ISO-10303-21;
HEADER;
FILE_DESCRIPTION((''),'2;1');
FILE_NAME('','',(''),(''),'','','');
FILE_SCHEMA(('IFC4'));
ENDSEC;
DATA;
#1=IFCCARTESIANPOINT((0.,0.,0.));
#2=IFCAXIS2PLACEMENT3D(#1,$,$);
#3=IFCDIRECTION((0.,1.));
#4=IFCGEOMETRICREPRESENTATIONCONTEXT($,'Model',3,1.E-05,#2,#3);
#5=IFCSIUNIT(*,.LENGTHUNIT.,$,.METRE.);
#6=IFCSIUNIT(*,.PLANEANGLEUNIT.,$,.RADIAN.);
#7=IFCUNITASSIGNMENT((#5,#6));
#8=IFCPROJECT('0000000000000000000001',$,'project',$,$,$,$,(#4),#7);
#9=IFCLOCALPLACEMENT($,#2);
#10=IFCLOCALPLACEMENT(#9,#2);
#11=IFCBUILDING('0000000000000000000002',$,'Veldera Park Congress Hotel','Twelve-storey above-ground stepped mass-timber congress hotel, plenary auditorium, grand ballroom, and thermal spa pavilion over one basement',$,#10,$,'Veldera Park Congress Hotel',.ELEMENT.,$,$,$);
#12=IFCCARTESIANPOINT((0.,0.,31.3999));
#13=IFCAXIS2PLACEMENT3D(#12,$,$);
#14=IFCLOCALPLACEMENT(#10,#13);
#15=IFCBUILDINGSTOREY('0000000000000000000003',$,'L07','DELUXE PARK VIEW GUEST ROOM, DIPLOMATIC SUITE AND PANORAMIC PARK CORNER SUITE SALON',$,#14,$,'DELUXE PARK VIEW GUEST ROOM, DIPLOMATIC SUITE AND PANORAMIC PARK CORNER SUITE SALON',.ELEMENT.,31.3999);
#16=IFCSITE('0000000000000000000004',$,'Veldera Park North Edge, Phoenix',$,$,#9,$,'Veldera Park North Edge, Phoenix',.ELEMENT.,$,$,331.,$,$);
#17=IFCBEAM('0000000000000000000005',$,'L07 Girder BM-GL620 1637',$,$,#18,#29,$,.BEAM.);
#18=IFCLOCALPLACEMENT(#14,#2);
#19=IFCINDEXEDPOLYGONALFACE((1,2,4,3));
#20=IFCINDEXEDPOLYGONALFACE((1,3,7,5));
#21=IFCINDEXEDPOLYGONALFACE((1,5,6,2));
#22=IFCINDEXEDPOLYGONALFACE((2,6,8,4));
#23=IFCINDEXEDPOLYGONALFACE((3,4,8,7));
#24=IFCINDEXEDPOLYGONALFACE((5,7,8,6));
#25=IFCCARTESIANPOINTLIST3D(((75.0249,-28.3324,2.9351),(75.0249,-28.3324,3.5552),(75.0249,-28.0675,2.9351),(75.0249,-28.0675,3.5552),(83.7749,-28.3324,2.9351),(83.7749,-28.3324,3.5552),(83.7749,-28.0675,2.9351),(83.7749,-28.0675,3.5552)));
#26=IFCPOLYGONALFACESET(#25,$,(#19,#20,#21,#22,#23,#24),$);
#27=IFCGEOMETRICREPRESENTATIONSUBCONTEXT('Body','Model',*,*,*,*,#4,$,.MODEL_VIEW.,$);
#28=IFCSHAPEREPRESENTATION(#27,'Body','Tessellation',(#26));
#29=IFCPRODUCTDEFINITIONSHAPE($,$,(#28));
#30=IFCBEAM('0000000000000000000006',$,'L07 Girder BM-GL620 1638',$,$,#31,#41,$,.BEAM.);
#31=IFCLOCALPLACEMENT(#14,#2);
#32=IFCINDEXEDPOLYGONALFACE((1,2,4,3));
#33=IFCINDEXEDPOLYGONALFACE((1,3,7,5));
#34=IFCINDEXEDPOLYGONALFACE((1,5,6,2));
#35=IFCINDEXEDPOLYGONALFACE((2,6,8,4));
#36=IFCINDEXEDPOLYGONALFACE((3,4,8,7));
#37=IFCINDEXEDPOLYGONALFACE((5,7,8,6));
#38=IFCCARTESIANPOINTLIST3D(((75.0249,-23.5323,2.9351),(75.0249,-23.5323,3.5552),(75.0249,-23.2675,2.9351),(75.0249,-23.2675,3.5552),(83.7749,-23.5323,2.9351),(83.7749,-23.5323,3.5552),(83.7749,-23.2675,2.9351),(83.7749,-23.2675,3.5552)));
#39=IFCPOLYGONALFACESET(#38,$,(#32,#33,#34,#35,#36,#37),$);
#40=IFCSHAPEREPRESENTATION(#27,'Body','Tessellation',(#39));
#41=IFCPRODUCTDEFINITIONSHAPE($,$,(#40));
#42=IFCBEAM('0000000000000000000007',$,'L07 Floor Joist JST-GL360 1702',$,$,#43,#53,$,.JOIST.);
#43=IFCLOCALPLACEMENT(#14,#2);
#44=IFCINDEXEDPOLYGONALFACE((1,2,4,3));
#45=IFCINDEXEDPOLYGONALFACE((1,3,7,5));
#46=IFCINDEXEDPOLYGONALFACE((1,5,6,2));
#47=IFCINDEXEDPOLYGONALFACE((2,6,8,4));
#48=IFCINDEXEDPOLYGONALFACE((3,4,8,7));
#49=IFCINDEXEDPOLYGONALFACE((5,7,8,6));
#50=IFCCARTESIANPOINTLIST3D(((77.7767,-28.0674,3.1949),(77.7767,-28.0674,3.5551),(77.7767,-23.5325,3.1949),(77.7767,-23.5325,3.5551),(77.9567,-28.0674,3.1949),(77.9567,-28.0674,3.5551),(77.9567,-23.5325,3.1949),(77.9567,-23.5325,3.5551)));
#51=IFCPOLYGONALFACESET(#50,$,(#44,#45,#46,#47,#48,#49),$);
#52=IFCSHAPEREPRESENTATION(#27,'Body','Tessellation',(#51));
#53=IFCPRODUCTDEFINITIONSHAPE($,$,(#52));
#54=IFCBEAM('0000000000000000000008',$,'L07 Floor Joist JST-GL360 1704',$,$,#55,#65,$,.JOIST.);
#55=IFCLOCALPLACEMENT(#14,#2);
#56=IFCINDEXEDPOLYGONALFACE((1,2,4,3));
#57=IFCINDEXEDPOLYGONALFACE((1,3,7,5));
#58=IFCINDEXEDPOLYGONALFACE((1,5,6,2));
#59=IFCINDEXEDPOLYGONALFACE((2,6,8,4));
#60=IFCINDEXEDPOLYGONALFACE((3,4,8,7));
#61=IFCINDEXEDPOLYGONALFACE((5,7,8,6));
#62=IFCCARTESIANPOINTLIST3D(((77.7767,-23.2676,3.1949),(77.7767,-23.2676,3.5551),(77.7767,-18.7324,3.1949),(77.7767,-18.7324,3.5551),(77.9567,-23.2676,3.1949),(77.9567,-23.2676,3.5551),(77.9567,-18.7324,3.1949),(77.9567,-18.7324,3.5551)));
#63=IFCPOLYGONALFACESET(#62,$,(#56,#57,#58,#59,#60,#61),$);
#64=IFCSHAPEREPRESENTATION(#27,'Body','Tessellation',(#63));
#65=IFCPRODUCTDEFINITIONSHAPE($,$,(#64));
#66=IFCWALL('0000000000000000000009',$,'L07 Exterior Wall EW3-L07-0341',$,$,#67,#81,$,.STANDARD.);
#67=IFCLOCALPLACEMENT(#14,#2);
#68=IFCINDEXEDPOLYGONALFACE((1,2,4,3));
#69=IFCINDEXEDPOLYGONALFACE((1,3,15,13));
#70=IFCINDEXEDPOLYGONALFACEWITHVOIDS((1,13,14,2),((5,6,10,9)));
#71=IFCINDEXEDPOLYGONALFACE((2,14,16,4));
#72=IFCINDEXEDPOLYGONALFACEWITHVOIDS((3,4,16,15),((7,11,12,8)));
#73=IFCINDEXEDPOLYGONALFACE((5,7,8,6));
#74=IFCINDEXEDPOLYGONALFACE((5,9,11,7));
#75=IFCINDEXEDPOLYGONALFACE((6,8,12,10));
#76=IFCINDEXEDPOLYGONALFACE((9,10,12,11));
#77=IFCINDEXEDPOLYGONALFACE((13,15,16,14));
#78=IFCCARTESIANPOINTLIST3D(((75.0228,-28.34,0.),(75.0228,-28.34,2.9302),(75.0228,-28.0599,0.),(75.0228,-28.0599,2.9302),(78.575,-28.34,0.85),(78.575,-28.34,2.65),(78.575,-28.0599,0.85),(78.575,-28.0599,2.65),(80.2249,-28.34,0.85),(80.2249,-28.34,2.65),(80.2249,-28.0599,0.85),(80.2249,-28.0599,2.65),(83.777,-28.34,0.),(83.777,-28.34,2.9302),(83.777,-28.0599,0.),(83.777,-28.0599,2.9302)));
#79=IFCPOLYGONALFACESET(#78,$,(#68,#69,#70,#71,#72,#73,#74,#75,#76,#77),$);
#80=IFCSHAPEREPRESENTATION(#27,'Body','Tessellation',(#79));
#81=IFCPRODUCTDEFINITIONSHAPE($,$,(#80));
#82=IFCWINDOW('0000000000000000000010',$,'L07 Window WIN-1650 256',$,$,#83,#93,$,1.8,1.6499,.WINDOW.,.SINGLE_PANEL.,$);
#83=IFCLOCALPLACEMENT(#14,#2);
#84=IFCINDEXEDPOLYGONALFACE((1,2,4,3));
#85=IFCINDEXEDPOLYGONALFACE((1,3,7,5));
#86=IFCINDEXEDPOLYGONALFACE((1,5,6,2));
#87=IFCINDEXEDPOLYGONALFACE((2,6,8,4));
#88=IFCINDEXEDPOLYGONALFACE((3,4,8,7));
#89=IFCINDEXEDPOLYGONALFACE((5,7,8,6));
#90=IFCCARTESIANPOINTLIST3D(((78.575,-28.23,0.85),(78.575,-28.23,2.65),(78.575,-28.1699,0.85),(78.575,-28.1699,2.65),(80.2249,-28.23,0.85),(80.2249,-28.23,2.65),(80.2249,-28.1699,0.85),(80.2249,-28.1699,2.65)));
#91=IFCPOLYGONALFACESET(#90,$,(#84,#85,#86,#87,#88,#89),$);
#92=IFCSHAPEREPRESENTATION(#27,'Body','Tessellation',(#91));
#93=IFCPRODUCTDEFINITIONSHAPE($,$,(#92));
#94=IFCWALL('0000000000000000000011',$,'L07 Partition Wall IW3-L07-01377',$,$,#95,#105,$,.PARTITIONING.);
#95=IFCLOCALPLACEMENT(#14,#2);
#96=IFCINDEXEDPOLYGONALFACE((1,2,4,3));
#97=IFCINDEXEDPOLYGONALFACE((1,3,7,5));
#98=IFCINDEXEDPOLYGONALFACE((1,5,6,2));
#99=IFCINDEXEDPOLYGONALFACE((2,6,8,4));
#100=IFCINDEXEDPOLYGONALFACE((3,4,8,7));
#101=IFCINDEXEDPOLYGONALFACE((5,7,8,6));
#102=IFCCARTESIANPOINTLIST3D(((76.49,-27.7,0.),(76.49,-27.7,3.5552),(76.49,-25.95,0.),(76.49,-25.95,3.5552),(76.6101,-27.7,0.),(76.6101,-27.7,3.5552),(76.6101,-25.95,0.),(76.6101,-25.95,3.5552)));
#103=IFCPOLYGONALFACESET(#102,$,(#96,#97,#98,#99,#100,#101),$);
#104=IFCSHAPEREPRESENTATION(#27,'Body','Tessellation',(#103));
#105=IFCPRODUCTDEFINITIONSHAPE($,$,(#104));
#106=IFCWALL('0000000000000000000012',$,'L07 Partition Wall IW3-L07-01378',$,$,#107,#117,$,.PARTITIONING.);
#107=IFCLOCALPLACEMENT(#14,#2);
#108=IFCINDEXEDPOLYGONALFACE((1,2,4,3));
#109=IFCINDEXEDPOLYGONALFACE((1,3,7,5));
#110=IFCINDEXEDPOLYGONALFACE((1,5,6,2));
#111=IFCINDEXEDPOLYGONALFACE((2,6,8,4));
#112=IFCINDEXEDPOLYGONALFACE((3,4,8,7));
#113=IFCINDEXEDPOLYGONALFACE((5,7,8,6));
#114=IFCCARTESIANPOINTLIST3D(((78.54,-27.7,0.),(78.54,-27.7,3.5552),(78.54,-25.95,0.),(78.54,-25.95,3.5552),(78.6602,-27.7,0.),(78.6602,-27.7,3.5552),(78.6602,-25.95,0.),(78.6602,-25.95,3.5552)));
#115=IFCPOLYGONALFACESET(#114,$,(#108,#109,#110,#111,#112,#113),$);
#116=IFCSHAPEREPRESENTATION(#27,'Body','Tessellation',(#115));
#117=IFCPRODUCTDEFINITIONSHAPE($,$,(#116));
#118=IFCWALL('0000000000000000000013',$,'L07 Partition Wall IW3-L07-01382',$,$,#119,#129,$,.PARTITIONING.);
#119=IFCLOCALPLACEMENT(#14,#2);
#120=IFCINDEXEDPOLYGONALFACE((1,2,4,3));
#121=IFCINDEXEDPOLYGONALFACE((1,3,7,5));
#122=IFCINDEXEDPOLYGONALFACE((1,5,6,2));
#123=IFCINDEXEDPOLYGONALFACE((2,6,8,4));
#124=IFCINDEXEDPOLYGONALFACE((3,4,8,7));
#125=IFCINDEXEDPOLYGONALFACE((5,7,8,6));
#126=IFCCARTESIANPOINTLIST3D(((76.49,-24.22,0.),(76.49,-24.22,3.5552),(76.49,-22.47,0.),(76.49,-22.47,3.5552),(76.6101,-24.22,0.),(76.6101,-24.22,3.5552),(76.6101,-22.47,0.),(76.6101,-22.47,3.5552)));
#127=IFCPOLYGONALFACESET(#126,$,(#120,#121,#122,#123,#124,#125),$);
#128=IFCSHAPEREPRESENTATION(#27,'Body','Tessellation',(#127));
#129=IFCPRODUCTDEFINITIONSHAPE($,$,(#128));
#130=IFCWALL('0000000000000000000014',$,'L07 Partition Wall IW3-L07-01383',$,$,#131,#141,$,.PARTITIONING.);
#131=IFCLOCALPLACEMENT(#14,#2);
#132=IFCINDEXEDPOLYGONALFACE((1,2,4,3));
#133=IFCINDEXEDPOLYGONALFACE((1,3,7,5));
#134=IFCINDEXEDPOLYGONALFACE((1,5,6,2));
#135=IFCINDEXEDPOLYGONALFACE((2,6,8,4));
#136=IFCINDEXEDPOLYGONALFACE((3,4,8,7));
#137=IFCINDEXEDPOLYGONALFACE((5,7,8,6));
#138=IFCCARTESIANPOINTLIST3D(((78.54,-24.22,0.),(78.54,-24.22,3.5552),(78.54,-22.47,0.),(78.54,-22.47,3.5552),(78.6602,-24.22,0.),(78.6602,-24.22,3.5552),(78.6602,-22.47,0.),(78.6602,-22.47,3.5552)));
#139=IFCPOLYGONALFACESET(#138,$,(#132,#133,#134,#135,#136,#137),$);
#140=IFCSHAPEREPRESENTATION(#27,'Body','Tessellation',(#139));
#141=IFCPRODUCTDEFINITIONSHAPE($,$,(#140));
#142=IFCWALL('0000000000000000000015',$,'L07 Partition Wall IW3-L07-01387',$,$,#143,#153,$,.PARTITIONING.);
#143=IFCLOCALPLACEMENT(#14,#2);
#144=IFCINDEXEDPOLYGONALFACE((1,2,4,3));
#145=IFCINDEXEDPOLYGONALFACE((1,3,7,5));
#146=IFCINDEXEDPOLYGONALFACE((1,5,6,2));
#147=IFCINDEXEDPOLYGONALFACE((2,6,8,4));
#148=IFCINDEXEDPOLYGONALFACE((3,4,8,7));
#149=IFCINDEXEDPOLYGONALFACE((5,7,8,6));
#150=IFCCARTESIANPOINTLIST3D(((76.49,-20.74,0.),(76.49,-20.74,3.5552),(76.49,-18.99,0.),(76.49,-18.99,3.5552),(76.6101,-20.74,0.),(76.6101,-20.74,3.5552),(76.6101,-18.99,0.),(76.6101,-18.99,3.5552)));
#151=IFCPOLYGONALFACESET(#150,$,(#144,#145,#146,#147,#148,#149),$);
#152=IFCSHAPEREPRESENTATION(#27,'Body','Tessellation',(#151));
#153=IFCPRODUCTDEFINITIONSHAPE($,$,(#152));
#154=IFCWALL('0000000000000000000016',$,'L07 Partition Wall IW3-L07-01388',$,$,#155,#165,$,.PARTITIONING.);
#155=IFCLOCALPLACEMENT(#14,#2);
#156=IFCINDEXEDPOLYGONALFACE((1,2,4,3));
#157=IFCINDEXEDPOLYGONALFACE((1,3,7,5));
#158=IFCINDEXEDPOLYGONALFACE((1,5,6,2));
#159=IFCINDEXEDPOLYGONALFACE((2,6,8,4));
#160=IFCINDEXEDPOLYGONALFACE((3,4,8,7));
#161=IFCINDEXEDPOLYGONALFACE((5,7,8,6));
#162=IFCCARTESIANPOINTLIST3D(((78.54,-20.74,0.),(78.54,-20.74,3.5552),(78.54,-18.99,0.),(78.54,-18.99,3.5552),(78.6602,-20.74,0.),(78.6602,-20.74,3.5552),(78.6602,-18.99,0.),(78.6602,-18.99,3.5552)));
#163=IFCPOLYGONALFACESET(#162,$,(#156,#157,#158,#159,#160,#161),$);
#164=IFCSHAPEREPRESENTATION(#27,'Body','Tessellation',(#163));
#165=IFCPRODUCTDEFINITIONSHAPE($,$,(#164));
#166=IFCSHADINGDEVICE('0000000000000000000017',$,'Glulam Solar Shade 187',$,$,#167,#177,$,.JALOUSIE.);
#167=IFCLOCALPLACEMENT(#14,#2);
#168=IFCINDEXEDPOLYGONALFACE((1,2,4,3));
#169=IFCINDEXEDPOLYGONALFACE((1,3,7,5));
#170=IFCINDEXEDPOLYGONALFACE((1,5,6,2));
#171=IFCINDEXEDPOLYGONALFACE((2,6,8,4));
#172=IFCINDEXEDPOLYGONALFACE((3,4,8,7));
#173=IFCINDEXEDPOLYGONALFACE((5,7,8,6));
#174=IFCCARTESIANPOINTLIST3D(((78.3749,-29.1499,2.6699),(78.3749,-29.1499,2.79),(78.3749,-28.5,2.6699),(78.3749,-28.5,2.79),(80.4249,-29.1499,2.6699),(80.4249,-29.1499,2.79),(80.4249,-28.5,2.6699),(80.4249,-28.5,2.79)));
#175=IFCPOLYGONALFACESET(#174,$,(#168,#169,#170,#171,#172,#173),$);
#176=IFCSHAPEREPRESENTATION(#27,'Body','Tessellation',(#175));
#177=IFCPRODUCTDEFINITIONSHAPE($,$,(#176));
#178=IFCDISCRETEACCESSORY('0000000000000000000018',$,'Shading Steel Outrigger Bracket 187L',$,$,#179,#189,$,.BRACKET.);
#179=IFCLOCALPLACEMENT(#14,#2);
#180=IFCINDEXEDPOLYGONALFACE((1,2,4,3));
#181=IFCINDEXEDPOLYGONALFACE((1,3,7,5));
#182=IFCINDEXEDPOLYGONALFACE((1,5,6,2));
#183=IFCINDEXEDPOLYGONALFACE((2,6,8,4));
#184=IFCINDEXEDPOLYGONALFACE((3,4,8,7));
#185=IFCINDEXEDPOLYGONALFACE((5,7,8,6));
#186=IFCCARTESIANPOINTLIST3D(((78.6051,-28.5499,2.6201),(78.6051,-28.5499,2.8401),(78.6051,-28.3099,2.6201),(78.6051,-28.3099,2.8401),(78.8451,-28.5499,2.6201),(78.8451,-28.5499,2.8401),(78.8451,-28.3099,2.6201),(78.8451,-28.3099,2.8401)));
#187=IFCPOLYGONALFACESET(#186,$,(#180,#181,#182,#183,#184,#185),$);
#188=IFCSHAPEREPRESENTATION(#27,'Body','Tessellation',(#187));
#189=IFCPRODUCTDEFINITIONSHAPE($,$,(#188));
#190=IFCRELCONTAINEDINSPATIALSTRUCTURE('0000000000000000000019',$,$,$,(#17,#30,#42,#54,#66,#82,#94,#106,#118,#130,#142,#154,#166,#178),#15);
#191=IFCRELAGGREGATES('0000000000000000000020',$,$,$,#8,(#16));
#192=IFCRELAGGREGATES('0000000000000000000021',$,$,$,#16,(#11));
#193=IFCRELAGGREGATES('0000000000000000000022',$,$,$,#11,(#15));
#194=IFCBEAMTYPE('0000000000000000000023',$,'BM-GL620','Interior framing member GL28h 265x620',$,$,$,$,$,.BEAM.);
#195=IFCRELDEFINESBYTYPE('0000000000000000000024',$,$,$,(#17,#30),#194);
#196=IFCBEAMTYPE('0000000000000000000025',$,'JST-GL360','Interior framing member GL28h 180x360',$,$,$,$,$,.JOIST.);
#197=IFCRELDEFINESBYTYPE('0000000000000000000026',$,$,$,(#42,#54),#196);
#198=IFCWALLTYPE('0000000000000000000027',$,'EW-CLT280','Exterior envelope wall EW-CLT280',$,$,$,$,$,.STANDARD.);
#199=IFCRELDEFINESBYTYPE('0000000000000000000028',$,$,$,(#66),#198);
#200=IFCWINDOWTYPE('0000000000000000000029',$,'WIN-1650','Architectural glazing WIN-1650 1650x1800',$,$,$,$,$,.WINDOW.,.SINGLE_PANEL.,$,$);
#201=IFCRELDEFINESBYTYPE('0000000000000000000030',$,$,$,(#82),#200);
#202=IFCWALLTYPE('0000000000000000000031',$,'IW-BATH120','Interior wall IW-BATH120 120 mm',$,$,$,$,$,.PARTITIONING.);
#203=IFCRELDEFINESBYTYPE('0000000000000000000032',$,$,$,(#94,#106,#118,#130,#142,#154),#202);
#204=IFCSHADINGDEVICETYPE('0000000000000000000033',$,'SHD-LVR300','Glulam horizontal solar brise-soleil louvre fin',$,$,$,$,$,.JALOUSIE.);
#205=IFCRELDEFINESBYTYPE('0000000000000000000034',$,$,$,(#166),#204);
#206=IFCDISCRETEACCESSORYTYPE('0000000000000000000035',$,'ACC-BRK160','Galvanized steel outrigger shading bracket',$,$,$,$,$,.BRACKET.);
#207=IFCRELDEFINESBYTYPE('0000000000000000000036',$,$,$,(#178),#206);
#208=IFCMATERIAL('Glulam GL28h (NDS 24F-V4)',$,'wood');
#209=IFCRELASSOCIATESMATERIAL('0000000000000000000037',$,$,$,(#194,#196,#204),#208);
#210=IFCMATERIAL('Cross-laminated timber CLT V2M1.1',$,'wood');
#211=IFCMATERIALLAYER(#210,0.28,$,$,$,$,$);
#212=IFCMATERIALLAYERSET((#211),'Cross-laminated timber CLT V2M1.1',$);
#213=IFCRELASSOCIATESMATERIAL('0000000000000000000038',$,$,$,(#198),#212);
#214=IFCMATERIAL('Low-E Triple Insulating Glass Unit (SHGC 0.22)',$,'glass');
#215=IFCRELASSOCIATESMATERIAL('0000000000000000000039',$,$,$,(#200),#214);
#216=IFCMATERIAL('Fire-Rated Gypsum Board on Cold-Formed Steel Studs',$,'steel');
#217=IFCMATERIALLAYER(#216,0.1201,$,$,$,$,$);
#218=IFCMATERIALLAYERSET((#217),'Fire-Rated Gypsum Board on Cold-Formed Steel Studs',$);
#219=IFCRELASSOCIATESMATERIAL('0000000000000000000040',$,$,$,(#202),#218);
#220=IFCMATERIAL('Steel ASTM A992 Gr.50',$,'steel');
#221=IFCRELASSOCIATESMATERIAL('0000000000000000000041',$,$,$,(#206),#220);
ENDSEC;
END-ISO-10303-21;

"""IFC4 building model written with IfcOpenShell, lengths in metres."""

from ifc_helpers import new_model, si_unit, direction, frame, frame_2d, origin, origin_2d, place, context, subcontext, project, spatial, rectangle, extrude, material, layer, layer_set, material_profile, profile_set, type_object, element, fill, save


model = new_model("IFC4")

# Units and contexts
model_context = context("Model", 3, precision=1e-05, world=origin(), true_north=direction((0.0, 1.0)))
body_context = subcontext(model_context, "Body", "Model", "MODEL_VIEW")
ifc_project = project(units=[si_unit("LENGTHUNIT", "METRE"), si_unit("PLANEANGLEUNIT", "RADIAN")], contexts=[model_context])

# Site, building, storey
site_placement = place(None, origin())
site = spatial("IfcSite", under=ifc_project, at=site_placement, Name="Veldera Park North Edge, Phoenix", LongName="Veldera Park North Edge, Phoenix", CompositionType="ELEMENT", RefElevation=331.0)
building_placement = place(site_placement, origin())
building = spatial("IfcBuilding", under=site, at=building_placement, Name="Veldera Park Congress Hotel", Description="Twelve-storey above-ground stepped mass-timber congress hotel, plenary auditorium, grand ballroom, and thermal spa pavilion over one basement", LongName="Veldera Park Congress Hotel", CompositionType="ELEMENT")
storey_placement = place(building_placement, frame((0.0, 0.0, 31.3999)))
storey = spatial("IfcBuildingStorey", under=building, at=storey_placement, Name="L07", Description="DELUXE PARK VIEW GUEST ROOM, DIPLOMATIC SUITE AND PANORAMIC PARK CORNER SUITE SALON", LongName="DELUXE PARK VIEW GUEST ROOM, DIPLOMATIC SUITE AND PANORAMIC PARK CORNER SUITE SALON", CompositionType="ELEMENT", Elevation=31.3999)

# Beams
ifc_material_1 = material(Name="Glulam GL28h (NDS 24F-V4)", Category="wood")
ifc_material_profile_1 = material_profile(ifc_material_1, rectangle(XDim=0.2649, YDim=0.6201, at=origin_2d()), Name="GL28h 265x620")
ifc_profile_set_1 = profile_set([ifc_material_profile_1], Name="Glulam GL28h (NDS 24F-V4)")
beam_type_1 = type_object("IfcBeamType", Name="BM-GL620", Description="Interior framing member GL28h 265x620", PredefinedType="BEAM", material=ifc_profile_set_1)
for number, where, z_axis, x_axis, name in (
    (1, (75.0249, -28.2, 3.2451), (1.0, 0.0, 0.0), (0.0, 1.0, 0.0), "L07 Girder BM-GL620 1637"),
    (2, (75.0249, -23.3999, 3.2451), (1.0, 0.0, 0.0), (0.0, 1.0, 0.0), "L07 Girder BM-GL620 1638"),
):
    element("IfcBeam", number, at=place(storey_placement, frame(where, z_axis=z_axis, x_axis=x_axis)), inside=storey, type_object=beam_type_1, Name=name, PredefinedType="BEAM", context=body_context, shape_type="SweptSolid", body=[
        extrude(rectangle(XDim=0.2649, YDim=0.6201, at=origin_2d()), origin(), (0.0, 0.0, 1.0), 8.75),
    ])
ifc_material_profile_2 = material_profile(ifc_material_1, rectangle(XDim=0.1799, YDim=0.3601, at=origin_2d()), Name="GL28h 180x360")
ifc_profile_set_2 = profile_set([ifc_material_profile_2], Name="Glulam GL28h (NDS 24F-V4)")
beam_type_2 = type_object("IfcBeamType", Name="JST-GL360", Description="Interior framing member GL28h 180x360", PredefinedType="JOIST", material=ifc_profile_set_2)
beam_1_placement = place(storey_placement, frame((77.8667, -28.0674, 3.375), z_axis=(0.0, 1.0, 0.0), x_axis=(-1.0, 0.0, 0.0)))
element("IfcBeam", 3, at=beam_1_placement, inside=storey, type_object=beam_type_2, Name="L07 Floor Joist JST-GL360 1702", PredefinedType="JOIST", context=body_context, shape_type="SweptSolid", body=[
    extrude(rectangle(XDim=0.1799, YDim=0.3601, at=origin_2d()), origin(), (0.0, 0.0, 1.0), 4.5349),
])
beam_2_placement = place(storey_placement, frame((77.8667, -23.2676, 3.375), z_axis=(0.0, 1.0, 0.0), x_axis=(-1.0, 0.0, 0.0)))
element("IfcBeam", 4, at=beam_2_placement, inside=storey, type_object=beam_type_2, Name="L07 Floor Joist JST-GL360 1704", PredefinedType="JOIST", context=body_context, shape_type="SweptSolid", body=[
    extrude(rectangle(XDim=0.1799, YDim=0.3601, at=origin_2d()), origin(), (0.0, 0.0, 1.0), 4.5352),
])

# Wall, opening, window
ifc_material_2 = material(Name="Cross-laminated timber CLT V2M1.1", Category="wood")
ifc_layer_1 = layer(ifc_material_2, 0.28)
ifc_layer_set_1 = layer_set([ifc_layer_1], Name="Cross-laminated timber CLT V2M1.1")
wall_type_1 = type_object("IfcWallType", Name="EW-CLT280", Description="Exterior envelope wall EW-CLT280", PredefinedType="STANDARD", material=ifc_layer_set_1)
wall_1_placement = place(storey_placement, frame((75.0229, -28.2, 0.0), z_axis=(0.0, 0.0, 1.0), x_axis=(1.0, 0.0, 0.0)))
wall_1 = element("IfcWall", 5, at=wall_1_placement, inside=storey, type_object=wall_type_1, Name="L07 Exterior Wall EW3-L07-0341", PredefinedType="STANDARD", context=body_context, shape_type="SweptSolid", body=[
    extrude(rectangle(XDim=8.7542, YDim=0.28, at=frame_2d((4.377, 0.0))), origin(), (0.0, 0.0, 1.0), 2.9302),
])
opening_1_placement = place(wall_1_placement, frame((3.552, 0.0, 0.8501)))
opening_1 = element("IfcOpeningElement", 6, at=opening_1_placement, cuts=wall_1, PredefinedType="OPENING", context=body_context, shape_type="SweptSolid", body=[
    extrude(rectangle(XDim=1.6499, YDim=1.8, at=frame_2d((0.825, 0.8999))), frame((0.0, 0.1521, 0.0), z_axis=(0.0, -1.0, 0.0), x_axis=(1.0, 0.0, 0.0)), (0.0, 0.0, 1.0), 0.304),
])
ifc_material_3 = material(Name="Low-E Triple Insulating Glass Unit (SHGC 0.22)", Category="glass")
window_type = type_object("IfcWindowType", Name="WIN-1650", Description="Architectural glazing WIN-1650 1650x1800", PartitioningType="SINGLE_PANEL", PredefinedType="WINDOW", material=ifc_material_3)
window_placement = place(opening_1_placement, origin())
window = element("IfcWindow", 7, at=window_placement, inside=storey, type_object=window_type, Name="L07 Window WIN-1650 256", OverallHeight=1.8, OverallWidth=1.6499, PartitioningType="SINGLE_PANEL", PredefinedType="WINDOW", context=body_context, shape_type="SweptSolid", body=[
    extrude(rectangle(XDim=1.6499, YDim=1.8, at=frame_2d((0.825, 0.8999))), frame((0.0, 0.03, 0.0), z_axis=(0.0, -1.0, 0.0), x_axis=(1.0, 0.0, 0.0)), (0.0, 0.0, 1.0), 0.0601),
])
fill(opening_1, window)

# Walls
ifc_material_4 = material(Name="Fire-Rated Gypsum Board on Cold-Formed Steel Studs", Category="steel")
ifc_layer_2 = layer(ifc_material_4, 0.1201)
ifc_layer_set_2 = layer_set([ifc_layer_2], Name="Fire-Rated Gypsum Board on Cold-Formed Steel Studs")
wall_type_2 = type_object("IfcWallType", Name="IW-BATH120", Description="Interior wall IW-BATH120 120 mm", PredefinedType="PARTITIONING", material=ifc_layer_set_2)
for number, where, z_axis, x_axis, name in (
    (8, (76.55, -27.7, 0.0), (0.0, 0.0, 1.0), (0.0, 1.0, 0.0), "L07 Partition Wall IW3-L07-01377"),
    (9, (78.6001, -27.7, 0.0), (0.0, 0.0, 1.0), (0.0, 1.0, 0.0), "L07 Partition Wall IW3-L07-01378"),
):
    element("IfcWall", number, at=place(storey_placement, frame(where, z_axis=z_axis, x_axis=x_axis)), inside=storey, type_object=wall_type_2, Name=name, PredefinedType="PARTITIONING", context=body_context, shape_type="SweptSolid", body=[
        extrude(rectangle(XDim=1.75, YDim=0.1201, at=frame_2d((0.875, 0.0))), origin(), (0.0, 0.0, 1.0), 3.5552),
    ])

# Walls
for number, where, z_axis, x_axis, name in (
    (10, (76.55, -24.22, 0.0), (0.0, 0.0, 1.0), (0.0, 1.0, 0.0), "L07 Partition Wall IW3-L07-01382"),
    (11, (78.6001, -24.22, 0.0), (0.0, 0.0, 1.0), (0.0, 1.0, 0.0), "L07 Partition Wall IW3-L07-01383"),
):
    element("IfcWall", number, at=place(storey_placement, frame(where, z_axis=z_axis, x_axis=x_axis)), inside=storey, type_object=wall_type_2, Name=name, PredefinedType="PARTITIONING", context=body_context, shape_type="SweptSolid", body=[
        extrude(rectangle(XDim=1.75, YDim=0.1201, at=frame_2d((0.875, 0.0))), origin(), (0.0, 0.0, 1.0), 3.5552),
    ])

# Walls
for number, where, z_axis, x_axis, name in (
    (12, (76.55, -20.74, 0.0), (0.0, 0.0, 1.0), (0.0, 1.0, 0.0), "L07 Partition Wall IW3-L07-01387"),
    (13, (78.6001, -20.74, 0.0), (0.0, 0.0, 1.0), (0.0, 1.0, 0.0), "L07 Partition Wall IW3-L07-01388"),
):
    element("IfcWall", number, at=place(storey_placement, frame(where, z_axis=z_axis, x_axis=x_axis)), inside=storey, type_object=wall_type_2, Name=name, PredefinedType="PARTITIONING", context=body_context, shape_type="SweptSolid", body=[
        extrude(rectangle(XDim=1.75, YDim=0.1201, at=frame_2d((0.875, 0.0))), origin(), (0.0, 0.0, 1.0), 3.5552),
    ])

# Shading device
shading_device_type = type_object("IfcShadingDeviceType", Name="SHD-LVR300", Description="Glulam horizontal solar brise-soleil louvre fin", PredefinedType="JALOUSIE", material=ifc_material_1)
shading_device_placement = place(storey_placement, frame((79.3999, -28.825, 2.6699), z_axis=(0.0, 0.0, 1.0), x_axis=(1.0, 0.0, 0.0)))
element("IfcShadingDevice", 14, at=shading_device_placement, inside=storey, type_object=shading_device_type, Name="Glulam Solar Shade 187", PredefinedType="JALOUSIE", context=body_context, shape_type="SweptSolid", body=[
    extrude(rectangle(XDim=2.05, YDim=0.6499, at=origin_2d()), origin(), (0.0, 0.0, 1.0), 0.1201),
])

# Discrete accessory
ifc_material_5 = material(Name="Steel ASTM A992 Gr.50", Category="steel")
discrete_accessory_type = type_object("IfcDiscreteAccessoryType", Name="ACC-BRK160", Description="Galvanized steel outrigger shading bracket", PredefinedType="BRACKET", material=ifc_material_5)
for number, where, z_axis, x_axis, name in (
    (15, (78.7251, -28.4299, 2.6201), (0.0, 0.0, 1.0), (1.0, 0.0, 0.0), "Shading Steel Outrigger Bracket 187L"),
):
    element("IfcDiscreteAccessory", number, at=place(storey_placement, frame(where, z_axis=z_axis, x_axis=x_axis)), inside=storey, type_object=discrete_accessory_type, Name=name, PredefinedType="BRACKET", context=body_context, shape_type="SweptSolid", body=[
        extrude(rectangle(XDim=0.24, YDim=0.24, at=origin_2d()), origin(), (0.0, 0.0, 1.0), 0.22),
    ])

save(model, "model.ifc")
